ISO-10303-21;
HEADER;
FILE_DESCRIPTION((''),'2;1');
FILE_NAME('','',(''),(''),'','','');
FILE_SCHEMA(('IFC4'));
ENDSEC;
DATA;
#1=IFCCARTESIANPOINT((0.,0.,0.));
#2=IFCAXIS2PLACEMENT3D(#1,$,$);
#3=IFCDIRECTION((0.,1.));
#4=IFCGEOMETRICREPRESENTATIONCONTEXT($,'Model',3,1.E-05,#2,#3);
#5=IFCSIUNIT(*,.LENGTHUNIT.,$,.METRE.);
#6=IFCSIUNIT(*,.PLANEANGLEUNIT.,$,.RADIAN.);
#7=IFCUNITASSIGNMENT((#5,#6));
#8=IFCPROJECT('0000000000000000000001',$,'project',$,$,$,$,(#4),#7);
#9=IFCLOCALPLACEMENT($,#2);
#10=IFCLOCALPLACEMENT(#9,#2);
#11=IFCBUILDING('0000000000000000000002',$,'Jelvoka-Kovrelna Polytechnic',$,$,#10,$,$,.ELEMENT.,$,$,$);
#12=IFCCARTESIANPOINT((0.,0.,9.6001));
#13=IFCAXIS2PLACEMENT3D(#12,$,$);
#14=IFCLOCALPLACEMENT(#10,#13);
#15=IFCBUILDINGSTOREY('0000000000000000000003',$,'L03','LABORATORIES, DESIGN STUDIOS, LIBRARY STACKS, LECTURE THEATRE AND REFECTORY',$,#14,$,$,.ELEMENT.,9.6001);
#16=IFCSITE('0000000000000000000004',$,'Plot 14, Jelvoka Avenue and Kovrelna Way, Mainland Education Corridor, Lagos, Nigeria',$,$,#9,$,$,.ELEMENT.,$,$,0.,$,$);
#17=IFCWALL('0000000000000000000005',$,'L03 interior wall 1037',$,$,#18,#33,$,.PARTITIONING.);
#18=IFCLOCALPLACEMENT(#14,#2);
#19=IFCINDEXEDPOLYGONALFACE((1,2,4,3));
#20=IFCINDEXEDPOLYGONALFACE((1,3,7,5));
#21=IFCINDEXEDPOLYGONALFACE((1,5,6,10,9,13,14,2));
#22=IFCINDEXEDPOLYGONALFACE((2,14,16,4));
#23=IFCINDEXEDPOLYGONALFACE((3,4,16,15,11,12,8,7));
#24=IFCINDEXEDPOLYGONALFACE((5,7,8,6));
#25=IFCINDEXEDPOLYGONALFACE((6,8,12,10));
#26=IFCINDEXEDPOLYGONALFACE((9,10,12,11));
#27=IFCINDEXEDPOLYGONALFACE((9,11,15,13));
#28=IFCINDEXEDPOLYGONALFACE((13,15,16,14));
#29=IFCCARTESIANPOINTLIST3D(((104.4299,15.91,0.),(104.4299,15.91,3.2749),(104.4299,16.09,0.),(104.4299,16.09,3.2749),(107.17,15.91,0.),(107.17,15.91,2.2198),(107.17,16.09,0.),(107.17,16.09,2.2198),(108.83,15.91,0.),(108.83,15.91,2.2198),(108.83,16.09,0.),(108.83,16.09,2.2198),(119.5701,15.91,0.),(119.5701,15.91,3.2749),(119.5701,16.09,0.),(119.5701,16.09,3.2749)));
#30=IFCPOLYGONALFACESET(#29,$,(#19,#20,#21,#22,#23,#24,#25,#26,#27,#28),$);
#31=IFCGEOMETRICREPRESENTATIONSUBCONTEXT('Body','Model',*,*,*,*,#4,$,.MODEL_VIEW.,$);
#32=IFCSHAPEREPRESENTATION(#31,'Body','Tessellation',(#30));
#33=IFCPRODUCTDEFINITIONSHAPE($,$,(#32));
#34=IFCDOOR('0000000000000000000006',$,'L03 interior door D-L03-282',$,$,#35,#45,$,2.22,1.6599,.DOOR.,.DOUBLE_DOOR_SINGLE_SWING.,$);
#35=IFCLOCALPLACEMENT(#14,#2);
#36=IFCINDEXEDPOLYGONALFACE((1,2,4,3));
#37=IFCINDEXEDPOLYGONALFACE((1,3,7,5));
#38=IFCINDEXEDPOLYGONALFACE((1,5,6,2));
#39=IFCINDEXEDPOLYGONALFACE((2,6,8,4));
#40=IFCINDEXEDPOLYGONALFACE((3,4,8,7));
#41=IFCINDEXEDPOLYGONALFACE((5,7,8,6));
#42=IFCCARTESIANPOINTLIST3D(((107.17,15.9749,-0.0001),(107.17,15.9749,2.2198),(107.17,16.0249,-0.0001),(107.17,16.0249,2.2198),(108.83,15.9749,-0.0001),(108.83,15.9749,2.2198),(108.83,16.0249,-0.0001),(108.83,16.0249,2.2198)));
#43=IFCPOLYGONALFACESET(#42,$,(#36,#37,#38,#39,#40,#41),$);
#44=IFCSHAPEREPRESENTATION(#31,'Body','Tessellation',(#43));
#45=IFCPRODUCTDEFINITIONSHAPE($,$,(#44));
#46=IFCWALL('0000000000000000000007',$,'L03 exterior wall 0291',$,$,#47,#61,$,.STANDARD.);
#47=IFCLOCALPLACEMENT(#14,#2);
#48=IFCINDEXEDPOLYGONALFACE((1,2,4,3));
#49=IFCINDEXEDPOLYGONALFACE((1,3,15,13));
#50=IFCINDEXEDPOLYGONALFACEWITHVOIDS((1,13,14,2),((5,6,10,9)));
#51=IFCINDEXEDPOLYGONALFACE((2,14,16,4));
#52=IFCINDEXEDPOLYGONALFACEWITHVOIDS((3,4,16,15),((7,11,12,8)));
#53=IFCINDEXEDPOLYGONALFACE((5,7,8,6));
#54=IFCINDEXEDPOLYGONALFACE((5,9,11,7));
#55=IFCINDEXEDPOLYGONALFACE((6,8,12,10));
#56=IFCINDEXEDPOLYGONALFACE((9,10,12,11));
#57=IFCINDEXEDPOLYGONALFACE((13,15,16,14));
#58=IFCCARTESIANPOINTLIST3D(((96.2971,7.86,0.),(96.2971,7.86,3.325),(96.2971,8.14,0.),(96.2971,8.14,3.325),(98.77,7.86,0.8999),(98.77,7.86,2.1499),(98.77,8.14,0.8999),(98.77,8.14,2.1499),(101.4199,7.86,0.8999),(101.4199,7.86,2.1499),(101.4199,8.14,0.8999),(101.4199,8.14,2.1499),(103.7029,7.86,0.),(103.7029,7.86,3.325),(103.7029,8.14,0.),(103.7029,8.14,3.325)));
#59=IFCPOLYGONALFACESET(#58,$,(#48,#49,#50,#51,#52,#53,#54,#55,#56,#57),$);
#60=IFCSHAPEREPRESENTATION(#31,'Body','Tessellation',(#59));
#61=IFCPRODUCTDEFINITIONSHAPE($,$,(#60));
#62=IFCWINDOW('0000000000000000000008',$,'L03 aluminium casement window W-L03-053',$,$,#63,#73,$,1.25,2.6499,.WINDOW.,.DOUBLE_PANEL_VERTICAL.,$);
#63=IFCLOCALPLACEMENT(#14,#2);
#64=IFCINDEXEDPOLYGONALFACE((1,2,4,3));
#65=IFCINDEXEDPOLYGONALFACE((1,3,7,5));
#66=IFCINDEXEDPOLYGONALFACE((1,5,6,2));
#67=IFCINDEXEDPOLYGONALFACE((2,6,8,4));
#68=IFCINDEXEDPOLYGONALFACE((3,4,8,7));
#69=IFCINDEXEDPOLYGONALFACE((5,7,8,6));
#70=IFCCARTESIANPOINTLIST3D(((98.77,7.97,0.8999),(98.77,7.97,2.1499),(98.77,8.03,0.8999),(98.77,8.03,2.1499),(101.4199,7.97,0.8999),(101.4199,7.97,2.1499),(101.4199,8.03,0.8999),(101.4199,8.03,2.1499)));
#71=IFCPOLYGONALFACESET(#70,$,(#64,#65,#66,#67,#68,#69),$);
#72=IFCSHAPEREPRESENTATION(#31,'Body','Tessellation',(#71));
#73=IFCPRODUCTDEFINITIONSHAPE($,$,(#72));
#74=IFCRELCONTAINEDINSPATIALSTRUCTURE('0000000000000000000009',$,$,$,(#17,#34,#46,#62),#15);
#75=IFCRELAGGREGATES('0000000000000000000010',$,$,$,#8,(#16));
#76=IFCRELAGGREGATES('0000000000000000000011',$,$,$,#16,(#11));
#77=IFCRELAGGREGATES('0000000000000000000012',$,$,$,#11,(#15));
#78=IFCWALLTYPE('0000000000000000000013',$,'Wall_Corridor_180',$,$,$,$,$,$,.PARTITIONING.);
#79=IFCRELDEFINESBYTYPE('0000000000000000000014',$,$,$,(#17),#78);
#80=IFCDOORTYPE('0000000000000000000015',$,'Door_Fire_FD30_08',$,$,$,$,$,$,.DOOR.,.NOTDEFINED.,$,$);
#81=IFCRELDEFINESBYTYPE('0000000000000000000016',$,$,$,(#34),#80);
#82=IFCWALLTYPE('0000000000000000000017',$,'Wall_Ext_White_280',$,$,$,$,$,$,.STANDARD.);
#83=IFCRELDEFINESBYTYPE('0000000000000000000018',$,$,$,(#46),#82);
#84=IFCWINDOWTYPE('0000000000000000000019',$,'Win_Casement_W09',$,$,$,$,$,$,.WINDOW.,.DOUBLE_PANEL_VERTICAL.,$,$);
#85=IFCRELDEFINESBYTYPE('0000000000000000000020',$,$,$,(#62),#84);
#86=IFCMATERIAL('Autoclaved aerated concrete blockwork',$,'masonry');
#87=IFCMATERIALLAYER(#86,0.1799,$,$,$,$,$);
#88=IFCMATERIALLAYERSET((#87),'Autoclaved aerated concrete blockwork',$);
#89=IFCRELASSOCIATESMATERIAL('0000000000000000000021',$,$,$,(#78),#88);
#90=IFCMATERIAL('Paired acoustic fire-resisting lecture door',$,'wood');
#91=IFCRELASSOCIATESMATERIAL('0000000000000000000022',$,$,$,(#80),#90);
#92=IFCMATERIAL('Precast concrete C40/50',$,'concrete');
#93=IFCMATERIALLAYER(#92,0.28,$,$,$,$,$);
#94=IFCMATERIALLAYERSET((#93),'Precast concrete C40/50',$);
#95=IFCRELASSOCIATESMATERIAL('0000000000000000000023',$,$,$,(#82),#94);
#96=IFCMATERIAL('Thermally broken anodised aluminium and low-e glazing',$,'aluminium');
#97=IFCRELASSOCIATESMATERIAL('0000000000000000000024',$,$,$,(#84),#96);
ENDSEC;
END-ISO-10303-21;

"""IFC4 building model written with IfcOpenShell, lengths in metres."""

from ifc_helpers import new_model, si_unit, direction, frame, frame_2d, origin, place, context, subcontext, project, spatial, rectangle, extrude, material, layer, layer_set, type_object, element, fill, save


model = new_model("IFC4")

# Units and contexts
model_context = context("Model", 3, precision=1e-05, world=origin(), true_north=direction((0.0, 1.0)))
body_context = subcontext(model_context, "Body", "Model", "MODEL_VIEW")
ifc_project = project(units=[si_unit("LENGTHUNIT", "METRE"), si_unit("PLANEANGLEUNIT", "RADIAN")], contexts=[model_context])

# Site, building, storey
site_placement = place(None, origin())
site = spatial("IfcSite", under=ifc_project, at=site_placement, Name="Plot 14, Jelvoka Avenue and Kovrelna Way, Mainland Education Corridor, Lagos, Nigeria", CompositionType="ELEMENT", RefElevation=0.0)
building_placement = place(site_placement, origin())
building = spatial("IfcBuilding", under=site, at=building_placement, Name="Jelvoka-Kovrelna Polytechnic", CompositionType="ELEMENT")
storey_placement = place(building_placement, frame((0.0, 0.0, 9.6001)))
storey = spatial("IfcBuildingStorey", under=building, at=storey_placement, Name="L03", Description="LABORATORIES, DESIGN STUDIOS, LIBRARY STACKS, LECTURE THEATRE AND REFECTORY", CompositionType="ELEMENT", Elevation=9.6001)

# Wall, opening, door
ifc_material_1 = material(Name="Autoclaved aerated concrete blockwork", Category="masonry")
ifc_layer_1 = layer(ifc_material_1, 0.1799)
ifc_layer_set_1 = layer_set([ifc_layer_1], Name="Autoclaved aerated concrete blockwork")
wall_type_1 = type_object("IfcWallType", Name="Wall_Corridor_180", PredefinedType="PARTITIONING", material=ifc_layer_set_1)
wall_1_placement = place(storey_placement, frame((104.4299, 16.0, 0.0), z_axis=(0.0, 0.0, 1.0), x_axis=(1.0, 0.0, 0.0)))
wall_1 = element("IfcWall", 1, at=wall_1_placement, inside=storey, type_object=wall_type_1, Name="L03 interior wall 1037", PredefinedType="PARTITIONING", context=body_context, shape_type="SweptSolid", body=[
    extrude(rectangle(XDim=15.1401, YDim=0.1799, at=frame_2d((7.5701, 0.0))), origin(), (0.0, 0.0, 1.0), 3.2749),
])
opening_1_placement = place(wall_1_placement, frame((2.74, 0.0, 0.0)))
opening_1 = element("IfcOpeningElement", 2, at=opening_1_placement, cuts=wall_1, PredefinedType="OPENING", context=body_context, shape_type="SweptSolid", body=[
    extrude(rectangle(XDim=1.6599, YDim=2.22, at=frame_2d((0.8301, 1.1099))), frame((0.0, 0.0999, 0.0), z_axis=(0.0, -1.0, 0.0), x_axis=(1.0, 0.0, 0.0)), (0.0, 0.0, 1.0), 0.2),
])
ifc_material_2 = material(Name="Paired acoustic fire-resisting lecture door", Category="wood")
door_type_1 = type_object("IfcDoorType", Name="Door_Fire_FD30_08", OperationType="NOTDEFINED", PredefinedType="DOOR", material=ifc_material_2)
door_1_placement = place(opening_1_placement, origin())
door_1 = element("IfcDoor", 3, at=door_1_placement, inside=storey, type_object=door_type_1, Name="L03 interior door D-L03-282", OperationType="DOUBLE_DOOR_SINGLE_SWING", OverallHeight=2.22, OverallWidth=1.6599, PredefinedType="DOOR", context=body_context, shape_type="SweptSolid", body=[
    extrude(rectangle(XDim=1.6599, YDim=2.22, at=frame_2d((0.8301, 1.1099))), frame((0.0, 0.0249, 0.0), z_axis=(0.0, -1.0, 0.0), x_axis=(1.0, 0.0, 0.0)), (0.0, 0.0, 1.0), 0.05),
])
fill(opening_1, door_1)

# Wall, opening, window
ifc_material_3 = material(Name="Precast concrete C40/50", Category="concrete")
ifc_layer_2 = layer(ifc_material_3, 0.28)
ifc_layer_set_2 = layer_set([ifc_layer_2], Name="Precast concrete C40/50")
wall_type_2 = type_object("IfcWallType", Name="Wall_Ext_White_280", PredefinedType="STANDARD", material=ifc_layer_set_2)
wall_2_placement = place(storey_placement, frame((103.7029, 8.0, 0.0), z_axis=(0.0, 0.0, 1.0), x_axis=(-1.0, 0.0, 0.0)))
wall_2 = element("IfcWall", 4, at=wall_2_placement, inside=storey, type_object=wall_type_2, Name="L03 exterior wall 0291", PredefinedType="STANDARD", context=body_context, shape_type="SweptSolid", body=[
    extrude(rectangle(XDim=7.4058, YDim=0.28, at=frame_2d((3.7029, 0.0))), origin(), (0.0, 0.0, 1.0), 3.325),
])
opening_2_placement = place(wall_2_placement, frame((2.283, 0.0, 0.8999)))
opening_2 = element("IfcOpeningElement", 5, at=opening_2_placement, cuts=wall_2, PredefinedType="OPENING", context=body_context, shape_type="SweptSolid", body=[
    extrude(rectangle(XDim=2.6499, YDim=1.25, at=frame_2d((1.325, 0.625))), frame((0.0, 0.1501, 0.0), z_axis=(0.0, -1.0, 0.0), x_axis=(1.0, 0.0, 0.0)), (0.0, 0.0, 1.0), 0.3),
])
ifc_material_4 = material(Name="Thermally broken anodised aluminium and low-e glazing", Category="aluminium")
window_type = type_object("IfcWindowType", Name="Win_Casement_W09", PartitioningType="DOUBLE_PANEL_VERTICAL", PredefinedType="WINDOW", material=ifc_material_4)
window_placement = place(opening_2_placement, origin())
window = element("IfcWindow", 6, at=window_placement, inside=storey, type_object=window_type, Name="L03 aluminium casement window W-L03-053", OverallHeight=1.25, OverallWidth=2.6499, PartitioningType="DOUBLE_PANEL_VERTICAL", PredefinedType="WINDOW", context=body_context, shape_type="SweptSolid", body=[
    extrude(rectangle(XDim=2.6499, YDim=1.25, at=frame_2d((1.325, 0.625))), frame((0.0, 0.03, 0.0), z_axis=(0.0, -1.0, 0.0), x_axis=(1.0, 0.0, 0.0)), (0.0, 0.0, 1.0), 0.0601),
])
fill(opening_2, window)

save(model, "model.ifc")
